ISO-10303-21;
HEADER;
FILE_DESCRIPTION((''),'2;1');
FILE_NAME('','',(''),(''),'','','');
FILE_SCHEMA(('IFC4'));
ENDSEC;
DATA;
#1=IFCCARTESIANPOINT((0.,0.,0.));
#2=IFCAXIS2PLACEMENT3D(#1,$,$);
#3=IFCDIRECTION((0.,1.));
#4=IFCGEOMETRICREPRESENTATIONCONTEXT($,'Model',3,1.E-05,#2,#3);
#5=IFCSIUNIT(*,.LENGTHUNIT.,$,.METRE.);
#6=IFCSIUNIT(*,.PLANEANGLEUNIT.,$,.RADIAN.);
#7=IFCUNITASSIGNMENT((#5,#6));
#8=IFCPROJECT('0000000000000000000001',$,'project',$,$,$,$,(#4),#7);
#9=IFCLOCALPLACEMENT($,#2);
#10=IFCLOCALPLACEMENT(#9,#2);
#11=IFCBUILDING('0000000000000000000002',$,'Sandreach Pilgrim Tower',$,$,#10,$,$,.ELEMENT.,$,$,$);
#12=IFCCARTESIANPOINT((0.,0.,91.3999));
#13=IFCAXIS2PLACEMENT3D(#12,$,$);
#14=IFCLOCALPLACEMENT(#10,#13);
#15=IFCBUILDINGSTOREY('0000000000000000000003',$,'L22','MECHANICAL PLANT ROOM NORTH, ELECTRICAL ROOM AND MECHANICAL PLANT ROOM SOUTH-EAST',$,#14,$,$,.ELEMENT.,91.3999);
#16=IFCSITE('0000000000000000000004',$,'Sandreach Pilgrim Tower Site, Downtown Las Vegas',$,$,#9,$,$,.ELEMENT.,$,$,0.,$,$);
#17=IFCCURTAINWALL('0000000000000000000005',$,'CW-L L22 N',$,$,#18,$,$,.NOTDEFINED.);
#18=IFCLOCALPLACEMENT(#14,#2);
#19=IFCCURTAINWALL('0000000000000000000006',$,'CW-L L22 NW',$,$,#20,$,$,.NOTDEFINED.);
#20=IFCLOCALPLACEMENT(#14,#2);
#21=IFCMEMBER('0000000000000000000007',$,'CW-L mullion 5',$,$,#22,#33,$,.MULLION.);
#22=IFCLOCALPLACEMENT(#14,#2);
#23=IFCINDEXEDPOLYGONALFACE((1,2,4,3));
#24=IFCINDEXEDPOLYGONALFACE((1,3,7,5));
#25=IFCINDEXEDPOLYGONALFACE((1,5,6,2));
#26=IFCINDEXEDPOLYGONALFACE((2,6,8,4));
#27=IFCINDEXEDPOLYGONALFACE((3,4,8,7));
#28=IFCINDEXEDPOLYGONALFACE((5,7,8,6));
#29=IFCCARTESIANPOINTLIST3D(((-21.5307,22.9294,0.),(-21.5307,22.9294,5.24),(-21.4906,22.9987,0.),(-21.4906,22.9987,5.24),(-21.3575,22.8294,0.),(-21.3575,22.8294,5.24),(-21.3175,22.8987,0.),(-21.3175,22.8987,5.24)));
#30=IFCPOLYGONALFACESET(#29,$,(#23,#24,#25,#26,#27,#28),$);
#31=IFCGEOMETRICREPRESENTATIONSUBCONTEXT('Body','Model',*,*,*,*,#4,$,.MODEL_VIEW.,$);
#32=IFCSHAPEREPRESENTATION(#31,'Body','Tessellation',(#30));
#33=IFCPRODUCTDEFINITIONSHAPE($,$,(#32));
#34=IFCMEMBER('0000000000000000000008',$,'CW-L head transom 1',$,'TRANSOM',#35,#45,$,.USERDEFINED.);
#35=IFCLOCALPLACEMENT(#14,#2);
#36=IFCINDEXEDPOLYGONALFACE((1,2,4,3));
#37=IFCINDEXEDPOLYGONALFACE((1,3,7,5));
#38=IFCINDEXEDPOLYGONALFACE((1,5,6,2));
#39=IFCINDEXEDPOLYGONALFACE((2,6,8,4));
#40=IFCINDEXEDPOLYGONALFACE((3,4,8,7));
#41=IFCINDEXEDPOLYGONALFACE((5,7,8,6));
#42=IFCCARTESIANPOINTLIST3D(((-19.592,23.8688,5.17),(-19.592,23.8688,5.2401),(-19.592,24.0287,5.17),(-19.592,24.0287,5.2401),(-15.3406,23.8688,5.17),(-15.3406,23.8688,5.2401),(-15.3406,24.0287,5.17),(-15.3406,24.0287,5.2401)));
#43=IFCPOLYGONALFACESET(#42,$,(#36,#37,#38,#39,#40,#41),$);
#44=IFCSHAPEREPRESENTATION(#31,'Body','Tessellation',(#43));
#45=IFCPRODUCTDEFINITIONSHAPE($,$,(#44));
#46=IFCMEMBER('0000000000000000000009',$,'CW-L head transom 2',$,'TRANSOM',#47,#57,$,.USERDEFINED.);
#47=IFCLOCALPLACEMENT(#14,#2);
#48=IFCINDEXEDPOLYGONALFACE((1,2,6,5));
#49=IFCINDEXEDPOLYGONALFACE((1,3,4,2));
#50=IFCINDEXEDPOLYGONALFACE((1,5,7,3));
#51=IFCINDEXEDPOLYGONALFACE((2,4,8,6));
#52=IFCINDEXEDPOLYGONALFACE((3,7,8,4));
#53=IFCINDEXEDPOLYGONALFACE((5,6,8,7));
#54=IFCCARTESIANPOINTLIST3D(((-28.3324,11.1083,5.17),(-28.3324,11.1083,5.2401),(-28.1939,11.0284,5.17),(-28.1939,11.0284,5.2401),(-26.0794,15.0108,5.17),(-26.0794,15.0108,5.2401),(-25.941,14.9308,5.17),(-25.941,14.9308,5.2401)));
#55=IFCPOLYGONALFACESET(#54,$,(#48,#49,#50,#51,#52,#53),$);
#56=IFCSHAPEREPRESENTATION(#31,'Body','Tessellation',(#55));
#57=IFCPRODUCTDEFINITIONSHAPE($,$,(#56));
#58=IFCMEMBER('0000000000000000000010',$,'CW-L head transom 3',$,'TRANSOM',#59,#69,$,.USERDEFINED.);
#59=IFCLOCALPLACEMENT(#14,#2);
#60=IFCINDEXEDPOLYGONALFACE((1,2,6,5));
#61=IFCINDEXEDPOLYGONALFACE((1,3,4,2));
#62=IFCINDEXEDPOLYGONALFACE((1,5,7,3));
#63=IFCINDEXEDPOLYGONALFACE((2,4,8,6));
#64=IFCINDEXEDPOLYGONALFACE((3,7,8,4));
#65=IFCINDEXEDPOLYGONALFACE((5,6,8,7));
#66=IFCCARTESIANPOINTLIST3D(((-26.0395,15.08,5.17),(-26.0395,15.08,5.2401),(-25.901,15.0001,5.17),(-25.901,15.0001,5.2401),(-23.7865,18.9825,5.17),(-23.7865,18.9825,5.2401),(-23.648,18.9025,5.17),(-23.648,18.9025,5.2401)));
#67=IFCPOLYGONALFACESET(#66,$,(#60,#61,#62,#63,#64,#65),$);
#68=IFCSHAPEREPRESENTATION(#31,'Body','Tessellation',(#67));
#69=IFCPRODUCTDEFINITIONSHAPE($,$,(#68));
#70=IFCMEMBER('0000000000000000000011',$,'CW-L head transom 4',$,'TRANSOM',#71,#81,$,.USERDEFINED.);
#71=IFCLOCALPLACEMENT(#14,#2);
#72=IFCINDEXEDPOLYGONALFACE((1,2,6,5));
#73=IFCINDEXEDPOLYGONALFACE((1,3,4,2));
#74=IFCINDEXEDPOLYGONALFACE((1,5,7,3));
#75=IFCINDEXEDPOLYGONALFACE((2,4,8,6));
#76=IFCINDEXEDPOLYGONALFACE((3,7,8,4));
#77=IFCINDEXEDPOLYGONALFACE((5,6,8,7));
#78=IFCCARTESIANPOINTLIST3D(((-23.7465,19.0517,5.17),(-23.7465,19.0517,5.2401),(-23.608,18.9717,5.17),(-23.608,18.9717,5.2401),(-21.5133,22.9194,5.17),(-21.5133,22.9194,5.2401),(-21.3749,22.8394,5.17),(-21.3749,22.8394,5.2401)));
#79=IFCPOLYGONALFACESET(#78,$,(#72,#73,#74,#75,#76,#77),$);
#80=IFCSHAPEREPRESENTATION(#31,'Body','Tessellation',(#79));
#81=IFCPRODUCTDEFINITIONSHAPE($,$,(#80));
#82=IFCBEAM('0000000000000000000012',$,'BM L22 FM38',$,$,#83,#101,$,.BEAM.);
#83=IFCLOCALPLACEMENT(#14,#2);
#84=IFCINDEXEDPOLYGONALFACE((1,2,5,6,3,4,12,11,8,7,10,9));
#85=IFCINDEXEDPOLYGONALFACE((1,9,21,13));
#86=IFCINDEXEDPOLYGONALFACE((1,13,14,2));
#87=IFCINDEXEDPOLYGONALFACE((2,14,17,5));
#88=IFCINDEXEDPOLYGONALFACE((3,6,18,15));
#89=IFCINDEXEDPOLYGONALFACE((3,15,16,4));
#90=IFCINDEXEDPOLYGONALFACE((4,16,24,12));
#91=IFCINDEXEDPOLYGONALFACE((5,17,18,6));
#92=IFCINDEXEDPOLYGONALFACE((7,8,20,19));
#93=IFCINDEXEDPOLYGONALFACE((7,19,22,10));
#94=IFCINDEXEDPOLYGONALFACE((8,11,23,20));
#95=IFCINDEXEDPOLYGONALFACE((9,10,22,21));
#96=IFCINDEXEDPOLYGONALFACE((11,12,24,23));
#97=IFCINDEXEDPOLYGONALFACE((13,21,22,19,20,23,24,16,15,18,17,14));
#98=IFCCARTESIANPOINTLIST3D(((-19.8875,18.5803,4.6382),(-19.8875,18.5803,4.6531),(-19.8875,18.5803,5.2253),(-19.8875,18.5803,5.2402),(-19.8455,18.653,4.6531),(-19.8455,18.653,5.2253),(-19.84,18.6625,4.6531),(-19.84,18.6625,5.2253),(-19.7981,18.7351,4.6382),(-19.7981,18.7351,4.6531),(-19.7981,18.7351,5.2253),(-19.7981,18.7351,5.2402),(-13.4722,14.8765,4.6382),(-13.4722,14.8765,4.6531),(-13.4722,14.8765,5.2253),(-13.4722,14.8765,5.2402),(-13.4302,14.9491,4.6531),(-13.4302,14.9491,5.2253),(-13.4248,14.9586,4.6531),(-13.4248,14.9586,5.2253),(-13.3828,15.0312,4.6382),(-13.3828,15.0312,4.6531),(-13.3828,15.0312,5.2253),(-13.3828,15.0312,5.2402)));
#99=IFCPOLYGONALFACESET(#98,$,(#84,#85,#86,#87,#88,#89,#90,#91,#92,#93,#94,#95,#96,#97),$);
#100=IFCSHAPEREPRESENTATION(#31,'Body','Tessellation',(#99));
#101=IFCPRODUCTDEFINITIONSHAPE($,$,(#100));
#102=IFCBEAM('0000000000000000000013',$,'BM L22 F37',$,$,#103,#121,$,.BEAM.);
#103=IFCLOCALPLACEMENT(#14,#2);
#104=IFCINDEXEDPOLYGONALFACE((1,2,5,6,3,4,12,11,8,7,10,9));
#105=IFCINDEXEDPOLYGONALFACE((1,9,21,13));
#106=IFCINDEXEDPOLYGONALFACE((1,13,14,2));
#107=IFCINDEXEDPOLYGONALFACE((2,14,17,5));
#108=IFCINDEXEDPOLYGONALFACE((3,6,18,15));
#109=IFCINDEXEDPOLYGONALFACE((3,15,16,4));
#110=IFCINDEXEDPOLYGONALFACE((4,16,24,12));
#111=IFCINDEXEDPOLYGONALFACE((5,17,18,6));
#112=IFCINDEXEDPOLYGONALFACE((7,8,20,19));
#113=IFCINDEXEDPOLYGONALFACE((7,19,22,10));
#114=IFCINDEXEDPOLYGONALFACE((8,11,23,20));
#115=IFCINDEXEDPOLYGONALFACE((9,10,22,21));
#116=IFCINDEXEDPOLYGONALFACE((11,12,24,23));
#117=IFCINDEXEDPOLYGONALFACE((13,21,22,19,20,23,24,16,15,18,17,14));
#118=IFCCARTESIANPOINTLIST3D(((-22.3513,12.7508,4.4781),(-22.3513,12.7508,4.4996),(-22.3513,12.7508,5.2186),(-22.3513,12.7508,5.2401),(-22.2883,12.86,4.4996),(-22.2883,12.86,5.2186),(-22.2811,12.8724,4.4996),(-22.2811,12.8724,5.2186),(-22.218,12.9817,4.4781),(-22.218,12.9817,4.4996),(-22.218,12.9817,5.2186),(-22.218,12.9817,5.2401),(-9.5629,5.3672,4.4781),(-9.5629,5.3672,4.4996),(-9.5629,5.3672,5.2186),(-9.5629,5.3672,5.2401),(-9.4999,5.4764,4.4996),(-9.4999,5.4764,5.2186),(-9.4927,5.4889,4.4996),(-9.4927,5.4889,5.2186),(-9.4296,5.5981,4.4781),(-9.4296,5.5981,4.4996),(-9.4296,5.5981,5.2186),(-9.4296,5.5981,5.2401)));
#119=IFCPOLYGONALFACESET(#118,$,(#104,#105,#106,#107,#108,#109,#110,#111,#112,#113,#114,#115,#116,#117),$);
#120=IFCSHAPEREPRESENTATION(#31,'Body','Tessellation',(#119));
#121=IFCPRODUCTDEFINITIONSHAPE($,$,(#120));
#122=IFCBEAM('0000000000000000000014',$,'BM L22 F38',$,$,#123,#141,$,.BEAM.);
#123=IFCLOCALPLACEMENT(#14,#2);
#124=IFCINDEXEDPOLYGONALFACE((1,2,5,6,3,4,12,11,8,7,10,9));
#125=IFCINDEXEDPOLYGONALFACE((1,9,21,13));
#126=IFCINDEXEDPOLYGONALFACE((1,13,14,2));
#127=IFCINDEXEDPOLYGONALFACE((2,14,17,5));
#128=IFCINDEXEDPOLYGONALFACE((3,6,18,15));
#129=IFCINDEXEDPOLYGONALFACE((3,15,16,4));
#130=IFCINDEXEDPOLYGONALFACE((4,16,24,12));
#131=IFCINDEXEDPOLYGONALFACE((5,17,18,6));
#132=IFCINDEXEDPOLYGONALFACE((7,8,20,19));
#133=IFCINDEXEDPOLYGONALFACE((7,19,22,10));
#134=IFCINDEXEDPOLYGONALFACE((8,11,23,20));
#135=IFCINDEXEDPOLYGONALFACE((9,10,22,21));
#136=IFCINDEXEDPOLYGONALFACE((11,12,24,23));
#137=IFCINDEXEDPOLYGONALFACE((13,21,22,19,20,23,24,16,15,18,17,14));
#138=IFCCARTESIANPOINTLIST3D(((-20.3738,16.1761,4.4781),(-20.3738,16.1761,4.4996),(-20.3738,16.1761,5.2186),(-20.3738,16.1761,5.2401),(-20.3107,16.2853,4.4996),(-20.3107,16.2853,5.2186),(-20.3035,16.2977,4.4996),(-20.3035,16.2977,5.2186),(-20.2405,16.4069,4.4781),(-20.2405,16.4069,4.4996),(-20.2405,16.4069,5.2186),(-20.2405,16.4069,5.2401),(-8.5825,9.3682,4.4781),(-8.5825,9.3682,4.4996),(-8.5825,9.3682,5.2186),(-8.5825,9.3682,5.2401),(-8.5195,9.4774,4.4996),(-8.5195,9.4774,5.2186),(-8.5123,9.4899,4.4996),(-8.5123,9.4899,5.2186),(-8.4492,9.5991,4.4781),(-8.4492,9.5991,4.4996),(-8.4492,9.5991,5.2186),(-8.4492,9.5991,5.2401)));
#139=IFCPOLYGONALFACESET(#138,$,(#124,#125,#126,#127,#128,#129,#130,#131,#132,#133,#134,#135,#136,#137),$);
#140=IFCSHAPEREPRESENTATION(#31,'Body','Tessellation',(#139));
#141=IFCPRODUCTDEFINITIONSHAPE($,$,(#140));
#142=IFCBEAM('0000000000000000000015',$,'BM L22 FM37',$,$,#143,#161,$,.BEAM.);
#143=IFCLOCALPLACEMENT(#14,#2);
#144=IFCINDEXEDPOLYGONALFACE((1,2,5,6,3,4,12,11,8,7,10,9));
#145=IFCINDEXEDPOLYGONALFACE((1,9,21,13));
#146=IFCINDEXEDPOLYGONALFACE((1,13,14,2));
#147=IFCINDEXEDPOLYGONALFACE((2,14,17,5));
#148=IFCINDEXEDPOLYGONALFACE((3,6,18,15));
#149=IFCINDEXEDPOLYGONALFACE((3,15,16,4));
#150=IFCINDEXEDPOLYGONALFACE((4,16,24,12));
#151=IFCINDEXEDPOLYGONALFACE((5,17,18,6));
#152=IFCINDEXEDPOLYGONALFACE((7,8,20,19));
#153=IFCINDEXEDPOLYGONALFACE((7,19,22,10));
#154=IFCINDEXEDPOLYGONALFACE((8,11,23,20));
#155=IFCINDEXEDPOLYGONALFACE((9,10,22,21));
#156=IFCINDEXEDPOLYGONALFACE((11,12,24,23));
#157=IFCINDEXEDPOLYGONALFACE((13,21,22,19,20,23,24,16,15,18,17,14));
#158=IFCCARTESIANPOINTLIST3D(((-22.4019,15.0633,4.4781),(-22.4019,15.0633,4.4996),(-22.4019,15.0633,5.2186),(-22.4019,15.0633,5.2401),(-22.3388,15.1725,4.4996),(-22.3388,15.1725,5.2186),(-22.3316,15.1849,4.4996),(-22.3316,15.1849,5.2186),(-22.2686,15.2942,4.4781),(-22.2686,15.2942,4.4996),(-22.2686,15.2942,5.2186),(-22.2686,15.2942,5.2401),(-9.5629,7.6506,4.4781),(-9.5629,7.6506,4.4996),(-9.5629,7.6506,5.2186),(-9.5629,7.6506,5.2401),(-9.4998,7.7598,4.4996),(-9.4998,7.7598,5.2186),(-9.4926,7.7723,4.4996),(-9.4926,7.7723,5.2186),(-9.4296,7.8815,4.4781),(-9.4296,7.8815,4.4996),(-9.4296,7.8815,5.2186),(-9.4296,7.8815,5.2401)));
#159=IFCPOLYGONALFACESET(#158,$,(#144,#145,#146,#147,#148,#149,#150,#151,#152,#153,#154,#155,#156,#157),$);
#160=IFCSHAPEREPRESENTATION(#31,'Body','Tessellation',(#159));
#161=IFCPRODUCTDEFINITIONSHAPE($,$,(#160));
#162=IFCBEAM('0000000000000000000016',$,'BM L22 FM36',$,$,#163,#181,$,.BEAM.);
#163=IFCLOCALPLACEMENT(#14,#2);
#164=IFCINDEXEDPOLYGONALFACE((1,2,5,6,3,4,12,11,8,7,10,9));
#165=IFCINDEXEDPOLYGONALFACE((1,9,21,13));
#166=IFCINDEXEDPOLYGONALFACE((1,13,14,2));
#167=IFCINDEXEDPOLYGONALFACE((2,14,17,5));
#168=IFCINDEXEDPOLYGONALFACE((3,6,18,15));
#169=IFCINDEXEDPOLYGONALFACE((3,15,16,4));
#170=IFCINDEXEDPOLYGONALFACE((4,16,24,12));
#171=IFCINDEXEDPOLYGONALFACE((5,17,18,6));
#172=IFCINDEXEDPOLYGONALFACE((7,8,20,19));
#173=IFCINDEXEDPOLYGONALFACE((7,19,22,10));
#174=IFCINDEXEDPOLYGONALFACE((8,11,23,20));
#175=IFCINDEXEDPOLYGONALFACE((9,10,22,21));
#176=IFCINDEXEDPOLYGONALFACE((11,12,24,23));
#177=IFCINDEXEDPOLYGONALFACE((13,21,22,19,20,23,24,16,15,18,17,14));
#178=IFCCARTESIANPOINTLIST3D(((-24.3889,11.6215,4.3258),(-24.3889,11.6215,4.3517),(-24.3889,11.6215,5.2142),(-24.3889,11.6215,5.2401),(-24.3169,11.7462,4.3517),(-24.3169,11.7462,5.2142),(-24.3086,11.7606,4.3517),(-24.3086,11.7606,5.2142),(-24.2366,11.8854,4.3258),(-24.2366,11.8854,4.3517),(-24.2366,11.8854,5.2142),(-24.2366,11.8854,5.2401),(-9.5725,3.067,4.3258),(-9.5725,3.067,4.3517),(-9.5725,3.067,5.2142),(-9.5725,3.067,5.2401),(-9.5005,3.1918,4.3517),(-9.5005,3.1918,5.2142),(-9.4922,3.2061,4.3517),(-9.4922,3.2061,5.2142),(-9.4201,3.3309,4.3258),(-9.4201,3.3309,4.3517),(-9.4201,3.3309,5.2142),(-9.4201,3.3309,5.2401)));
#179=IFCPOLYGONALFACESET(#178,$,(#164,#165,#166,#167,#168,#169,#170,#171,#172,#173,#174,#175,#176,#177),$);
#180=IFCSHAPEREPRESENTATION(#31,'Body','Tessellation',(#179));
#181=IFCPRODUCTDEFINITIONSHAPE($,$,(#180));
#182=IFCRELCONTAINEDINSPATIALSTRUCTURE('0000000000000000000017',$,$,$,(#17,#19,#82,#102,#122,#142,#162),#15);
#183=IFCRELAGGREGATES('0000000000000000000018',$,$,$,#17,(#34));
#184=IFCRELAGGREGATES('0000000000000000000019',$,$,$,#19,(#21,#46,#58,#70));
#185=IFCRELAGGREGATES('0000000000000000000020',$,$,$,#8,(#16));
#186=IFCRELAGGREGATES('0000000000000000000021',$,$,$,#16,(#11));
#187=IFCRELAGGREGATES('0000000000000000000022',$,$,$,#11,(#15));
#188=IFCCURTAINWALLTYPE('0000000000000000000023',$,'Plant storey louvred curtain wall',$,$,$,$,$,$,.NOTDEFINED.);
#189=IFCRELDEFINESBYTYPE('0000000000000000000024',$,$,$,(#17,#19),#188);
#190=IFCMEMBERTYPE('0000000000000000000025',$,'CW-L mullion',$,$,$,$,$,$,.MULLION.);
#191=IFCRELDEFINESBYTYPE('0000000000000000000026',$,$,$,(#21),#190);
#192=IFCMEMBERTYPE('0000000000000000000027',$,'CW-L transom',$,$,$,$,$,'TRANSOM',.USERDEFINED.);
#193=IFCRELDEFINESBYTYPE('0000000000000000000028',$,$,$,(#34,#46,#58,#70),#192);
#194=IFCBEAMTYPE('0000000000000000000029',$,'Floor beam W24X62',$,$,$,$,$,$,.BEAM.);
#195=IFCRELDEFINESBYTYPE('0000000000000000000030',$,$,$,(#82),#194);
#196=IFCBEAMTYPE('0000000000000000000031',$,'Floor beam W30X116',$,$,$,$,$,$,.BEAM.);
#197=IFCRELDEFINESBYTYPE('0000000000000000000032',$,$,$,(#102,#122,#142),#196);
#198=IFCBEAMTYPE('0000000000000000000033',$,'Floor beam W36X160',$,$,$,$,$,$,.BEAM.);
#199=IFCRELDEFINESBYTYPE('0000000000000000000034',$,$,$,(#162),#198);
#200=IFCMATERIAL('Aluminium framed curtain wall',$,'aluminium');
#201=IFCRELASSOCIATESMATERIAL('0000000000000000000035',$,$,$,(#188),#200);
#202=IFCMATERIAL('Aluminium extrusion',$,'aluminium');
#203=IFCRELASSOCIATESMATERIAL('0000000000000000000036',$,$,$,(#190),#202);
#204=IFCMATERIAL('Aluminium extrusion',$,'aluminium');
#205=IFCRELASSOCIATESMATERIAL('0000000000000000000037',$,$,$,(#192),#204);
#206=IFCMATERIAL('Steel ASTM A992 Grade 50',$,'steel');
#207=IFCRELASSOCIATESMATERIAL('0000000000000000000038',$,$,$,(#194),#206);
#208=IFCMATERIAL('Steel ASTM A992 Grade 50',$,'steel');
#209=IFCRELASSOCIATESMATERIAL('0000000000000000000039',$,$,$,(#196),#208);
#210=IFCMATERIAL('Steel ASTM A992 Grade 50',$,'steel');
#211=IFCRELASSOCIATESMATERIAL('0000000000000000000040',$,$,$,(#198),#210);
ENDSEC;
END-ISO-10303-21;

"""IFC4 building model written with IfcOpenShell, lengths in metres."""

from ifc_helpers import new_model, si_unit, direction, frame, origin, origin_2d, place, context, subcontext, project, spatial, rectangle, i_section, extrude, material, material_profile, profile_set, type_object, element, aggregate, save


model = new_model("IFC4")

# Units and contexts
model_context = context("Model", 3, precision=1e-05, world=origin(), true_north=direction((0.0, 1.0)))
body_context = subcontext(model_context, "Body", "Model", "MODEL_VIEW")
ifc_project = project(units=[si_unit("LENGTHUNIT", "METRE"), si_unit("PLANEANGLEUNIT", "RADIAN")], contexts=[model_context])

# Site, building, storey
site_placement = place(None, origin())
site = spatial("IfcSite", under=ifc_project, at=site_placement, Name="Sandreach Pilgrim Tower Site, Downtown Las Vegas", CompositionType="ELEMENT", RefElevation=0.0)
building_placement = place(site_placement, origin())
building = spatial("IfcBuilding", under=site, at=building_placement, Name="Sandreach Pilgrim Tower", CompositionType="ELEMENT")
storey_placement = place(building_placement, frame((0.0, 0.0, 91.3999)))
storey = spatial("IfcBuildingStorey", under=building, at=storey_placement, Name="L22", Description="MECHANICAL PLANT ROOM NORTH, ELECTRICAL ROOM AND MECHANICAL PLANT ROOM SOUTH-EAST", CompositionType="ELEMENT", Elevation=91.3999)

# Curtain wall
ifc_material_1 = material(Name="Aluminium framed curtain wall", Category="aluminium")
curtain_wall_type = type_object("IfcCurtainWallType", Name="Plant storey louvred curtain wall", PredefinedType="NOTDEFINED", material=ifc_material_1)
curtain_wall_1_placement = place(storey_placement, origin())
curtain_wall_1 = element("IfcCurtainWall", 1, at=curtain_wall_1_placement, inside=storey, type_object=curtain_wall_type, Name="CW-L L22 N", PredefinedType="NOTDEFINED")
ifc_material_2 = material(Name="Aluminium extrusion", Category="aluminium")
ifc_material_profile_1 = material_profile(ifc_material_2, rectangle(XDim=0.0801, YDim=0.2, at=origin_2d()), Name="CW-LM 80X200")
ifc_profile_set_1 = profile_set([ifc_material_profile_1], Name="Aluminium extrusion")
member_type_1 = type_object("IfcMemberType", Name="CW-L mullion", PredefinedType="MULLION", material=ifc_profile_set_1)

# Curtain wall, member
curtain_wall_2_placement = place(storey_placement, origin())
curtain_wall_2 = element("IfcCurtainWall", 2, at=curtain_wall_2_placement, inside=storey, type_object=curtain_wall_type, Name="CW-L L22 NW", PredefinedType="NOTDEFINED")
member_1_placement = place(storey_placement, frame((-21.4241, 22.9141, 0.0), z_axis=(0.0, 0.0, 1.0), x_axis=(0.5, 0.866025, 0.0)))
member_1 = element("IfcMember", 3, at=member_1_placement, type_object=member_type_1, Name="CW-L mullion 5", PredefinedType="MULLION", context=body_context, shape_type="SweptSolid", body=[
    extrude(rectangle(XDim=0.0801, YDim=0.2, at=origin_2d()), origin(), (0.0, 0.0, 1.0), 5.24),
])

# Members
ifc_material_3 = material(Name="Aluminium extrusion", Category="aluminium")
ifc_material_profile_2 = material_profile(ifc_material_3, rectangle(XDim=0.1599, YDim=0.0701, at=origin_2d()), Name="CW-LT 160X70")
ifc_profile_set_2 = profile_set([ifc_material_profile_2], Name="Aluminium extrusion")
member_type_2 = type_object("IfcMemberType", Name="CW-L transom", ElementType="TRANSOM", PredefinedType="USERDEFINED", material=ifc_profile_set_2)
member_2_placement = place(storey_placement, frame((-19.592, 23.9487, 5.2051), z_axis=(1.0, 0.0, 0.0), x_axis=(0.0, 1.0, 0.0)))
member_2 = element("IfcMember", 4, at=member_2_placement, type_object=member_type_2, Name="CW-L head transom 1", ObjectType="TRANSOM", PredefinedType="USERDEFINED", context=body_context, shape_type="SweptSolid", body=[
    extrude(rectangle(XDim=0.1599, YDim=0.0701, at=origin_2d()), origin(), (0.0, 0.0, 1.0), 4.2515),
])
aggregate(curtain_wall_1, [member_2])
member_3_placement = place(storey_placement, frame((-28.2632, 11.0684, 5.2051), z_axis=(0.499985, 0.866034, 0.0), x_axis=(-0.866034, 0.499985, 0.0)))
member_3 = element("IfcMember", 5, at=member_3_placement, type_object=member_type_2, Name="CW-L head transom 2", ObjectType="TRANSOM", PredefinedType="USERDEFINED", context=body_context, shape_type="SweptSolid", body=[
    extrude(rectangle(XDim=0.1599, YDim=0.0701, at=origin_2d()), origin(), (0.0, 0.0, 1.0), 4.5061),
])
member_4_placement = place(storey_placement, frame((-25.9702, 15.04, 5.2051), z_axis=(0.499985, 0.866034, 0.0), x_axis=(-0.866034, 0.499985, 0.0)))
member_4 = element("IfcMember", 6, at=member_4_placement, type_object=member_type_2, Name="CW-L head transom 3", ObjectType="TRANSOM", PredefinedType="USERDEFINED", context=body_context, shape_type="SweptSolid", body=[
    extrude(rectangle(XDim=0.1599, YDim=0.0701, at=origin_2d()), origin(), (0.0, 0.0, 1.0), 4.5061),
])
member_5_placement = place(storey_placement, frame((-23.6772, 19.0117, 5.2051), z_axis=(0.500025, 0.866011, 0.0), x_axis=(-0.866011, 0.500025, 0.0)))
member_5 = element("IfcMember", 7, at=member_5_placement, type_object=member_type_2, Name="CW-L head transom 4", ObjectType="TRANSOM", PredefinedType="USERDEFINED", context=body_context, shape_type="SweptSolid", body=[
    extrude(rectangle(XDim=0.1599, YDim=0.0701, at=origin_2d()), origin(), (0.0, 0.0, 1.0), 4.4661),
])

# Beams
ifc_material_4 = material(Name="Steel ASTM A992 Grade 50", Category="steel")
ifc_material_profile_3 = material_profile(ifc_material_4, i_section(OverallWidth=0.1787, OverallDepth=0.6021, WebThickness=0.011, FlangeThickness=0.0149, at=origin_2d()), Name="W24X62")
ifc_profile_set_3 = profile_set([ifc_material_profile_3], Name="Steel ASTM A992 Grade 50")
beam_type_1 = type_object("IfcBeamType", Name="Floor beam W24X62", PredefinedType="BEAM", material=ifc_profile_set_3)
beam_1_placement = place(storey_placement, frame((-19.8428, 18.6577, 4.9392), z_axis=(0.866026, -0.499999, 0.0), x_axis=(0.499999, 0.866026, 0.0)))
element("IfcBeam", 8, at=beam_1_placement, inside=storey, type_object=beam_type_1, Name="BM L22 FM38", PredefinedType="BEAM", context=body_context, shape_type="SweptSolid", body=[
    extrude(i_section(OverallWidth=0.1787, OverallDepth=0.6021, WebThickness=0.011, FlangeThickness=0.0149, at=origin_2d()), origin(), (0.0, 0.0, 1.0), 7.4077),
])
ifc_material_5 = material(Name="Steel ASTM A992 Grade 50", Category="steel")
ifc_material_profile_4 = material_profile(ifc_material_5, i_section(OverallWidth=0.2666, OverallDepth=0.762, WebThickness=0.0144, FlangeThickness=0.0215, at=origin_2d()), Name="W30X116")
ifc_profile_set_4 = profile_set([ifc_material_profile_4], Name="Steel ASTM A992 Grade 50")
beam_type_2 = type_object("IfcBeamType", Name="Floor beam W30X116", PredefinedType="BEAM", material=ifc_profile_set_4)
beam_2_placement = place(storey_placement, frame((-22.2847, 12.8662, 4.8591), z_axis=(0.86602, -0.50001, 0.0), x_axis=(0.50001, 0.86602, 0.0)))
element("IfcBeam", 9, at=beam_2_placement, inside=storey, type_object=beam_type_2, Name="BM L22 F37", PredefinedType="BEAM", context=body_context, shape_type="SweptSolid", body=[
    extrude(i_section(OverallWidth=0.2666, OverallDepth=0.762, WebThickness=0.0144, FlangeThickness=0.0215, at=origin_2d()), origin(), (0.0, 0.0, 1.0), 14.7668),
])
beam_3_placement = place(storey_placement, frame((-20.3071, 16.2915, 4.8591), z_axis=(0.86602, -0.50001, 0.0), x_axis=(0.50001, 0.86602, 0.0)))
element("IfcBeam", 10, at=beam_3_placement, inside=storey, type_object=beam_type_2, Name="BM L22 F38", PredefinedType="BEAM", context=body_context, shape_type="SweptSolid", body=[
    extrude(i_section(OverallWidth=0.2666, OverallDepth=0.762, WebThickness=0.0144, FlangeThickness=0.0215, at=origin_2d()), origin(), (0.0, 0.0, 1.0), 13.6155),
])
beam_4_placement = place(storey_placement, frame((-22.3352, 15.1787, 4.8591), z_axis=(0.866023, -0.500004, 0.0), x_axis=(0.500004, 0.866023, 0.0)))
element("IfcBeam", 11, at=beam_4_placement, inside=storey, type_object=beam_type_2, Name="BM L22 FM37", PredefinedType="BEAM", context=body_context, shape_type="SweptSolid", body=[
    extrude(i_section(OverallWidth=0.2666, OverallDepth=0.762, WebThickness=0.0144, FlangeThickness=0.0215, at=origin_2d()), origin(), (0.0, 0.0, 1.0), 14.8252),
])
ifc_material_6 = material(Name="Steel ASTM A992 Grade 50", Category="steel")
ifc_material_profile_5 = material_profile(ifc_material_6, i_section(OverallWidth=0.3047, OverallDepth=0.9143, WebThickness=0.0166, FlangeThickness=0.0259, at=origin_2d()), Name="W36X160")
ifc_profile_set_5 = profile_set([ifc_material_profile_5], Name="Steel ASTM A992 Grade 50")
beam_type_3 = type_object("IfcBeamType", Name="Floor beam W36X160", PredefinedType="BEAM", material=ifc_profile_set_5)
beam_5_placement = place(storey_placement, frame((-24.3127, 11.7534, 4.783), z_axis=(0.866021, -0.500008, 0.0), x_axis=(0.500008, 0.866021, 0.0)))
element("IfcBeam", 12, at=beam_5_placement, inside=storey, type_object=beam_type_3, Name="BM L22 FM36", PredefinedType="BEAM", context=body_context, shape_type="SweptSolid", body=[
    extrude(i_section(OverallWidth=0.3047, OverallDepth=0.9143, WebThickness=0.0166, FlangeThickness=0.0259, at=origin_2d()), origin(), (0.0, 0.0, 1.0), 17.1086),
])

aggregate(curtain_wall_2, [member_1, member_3, member_4, member_5])

save(model, "model.ifc")
